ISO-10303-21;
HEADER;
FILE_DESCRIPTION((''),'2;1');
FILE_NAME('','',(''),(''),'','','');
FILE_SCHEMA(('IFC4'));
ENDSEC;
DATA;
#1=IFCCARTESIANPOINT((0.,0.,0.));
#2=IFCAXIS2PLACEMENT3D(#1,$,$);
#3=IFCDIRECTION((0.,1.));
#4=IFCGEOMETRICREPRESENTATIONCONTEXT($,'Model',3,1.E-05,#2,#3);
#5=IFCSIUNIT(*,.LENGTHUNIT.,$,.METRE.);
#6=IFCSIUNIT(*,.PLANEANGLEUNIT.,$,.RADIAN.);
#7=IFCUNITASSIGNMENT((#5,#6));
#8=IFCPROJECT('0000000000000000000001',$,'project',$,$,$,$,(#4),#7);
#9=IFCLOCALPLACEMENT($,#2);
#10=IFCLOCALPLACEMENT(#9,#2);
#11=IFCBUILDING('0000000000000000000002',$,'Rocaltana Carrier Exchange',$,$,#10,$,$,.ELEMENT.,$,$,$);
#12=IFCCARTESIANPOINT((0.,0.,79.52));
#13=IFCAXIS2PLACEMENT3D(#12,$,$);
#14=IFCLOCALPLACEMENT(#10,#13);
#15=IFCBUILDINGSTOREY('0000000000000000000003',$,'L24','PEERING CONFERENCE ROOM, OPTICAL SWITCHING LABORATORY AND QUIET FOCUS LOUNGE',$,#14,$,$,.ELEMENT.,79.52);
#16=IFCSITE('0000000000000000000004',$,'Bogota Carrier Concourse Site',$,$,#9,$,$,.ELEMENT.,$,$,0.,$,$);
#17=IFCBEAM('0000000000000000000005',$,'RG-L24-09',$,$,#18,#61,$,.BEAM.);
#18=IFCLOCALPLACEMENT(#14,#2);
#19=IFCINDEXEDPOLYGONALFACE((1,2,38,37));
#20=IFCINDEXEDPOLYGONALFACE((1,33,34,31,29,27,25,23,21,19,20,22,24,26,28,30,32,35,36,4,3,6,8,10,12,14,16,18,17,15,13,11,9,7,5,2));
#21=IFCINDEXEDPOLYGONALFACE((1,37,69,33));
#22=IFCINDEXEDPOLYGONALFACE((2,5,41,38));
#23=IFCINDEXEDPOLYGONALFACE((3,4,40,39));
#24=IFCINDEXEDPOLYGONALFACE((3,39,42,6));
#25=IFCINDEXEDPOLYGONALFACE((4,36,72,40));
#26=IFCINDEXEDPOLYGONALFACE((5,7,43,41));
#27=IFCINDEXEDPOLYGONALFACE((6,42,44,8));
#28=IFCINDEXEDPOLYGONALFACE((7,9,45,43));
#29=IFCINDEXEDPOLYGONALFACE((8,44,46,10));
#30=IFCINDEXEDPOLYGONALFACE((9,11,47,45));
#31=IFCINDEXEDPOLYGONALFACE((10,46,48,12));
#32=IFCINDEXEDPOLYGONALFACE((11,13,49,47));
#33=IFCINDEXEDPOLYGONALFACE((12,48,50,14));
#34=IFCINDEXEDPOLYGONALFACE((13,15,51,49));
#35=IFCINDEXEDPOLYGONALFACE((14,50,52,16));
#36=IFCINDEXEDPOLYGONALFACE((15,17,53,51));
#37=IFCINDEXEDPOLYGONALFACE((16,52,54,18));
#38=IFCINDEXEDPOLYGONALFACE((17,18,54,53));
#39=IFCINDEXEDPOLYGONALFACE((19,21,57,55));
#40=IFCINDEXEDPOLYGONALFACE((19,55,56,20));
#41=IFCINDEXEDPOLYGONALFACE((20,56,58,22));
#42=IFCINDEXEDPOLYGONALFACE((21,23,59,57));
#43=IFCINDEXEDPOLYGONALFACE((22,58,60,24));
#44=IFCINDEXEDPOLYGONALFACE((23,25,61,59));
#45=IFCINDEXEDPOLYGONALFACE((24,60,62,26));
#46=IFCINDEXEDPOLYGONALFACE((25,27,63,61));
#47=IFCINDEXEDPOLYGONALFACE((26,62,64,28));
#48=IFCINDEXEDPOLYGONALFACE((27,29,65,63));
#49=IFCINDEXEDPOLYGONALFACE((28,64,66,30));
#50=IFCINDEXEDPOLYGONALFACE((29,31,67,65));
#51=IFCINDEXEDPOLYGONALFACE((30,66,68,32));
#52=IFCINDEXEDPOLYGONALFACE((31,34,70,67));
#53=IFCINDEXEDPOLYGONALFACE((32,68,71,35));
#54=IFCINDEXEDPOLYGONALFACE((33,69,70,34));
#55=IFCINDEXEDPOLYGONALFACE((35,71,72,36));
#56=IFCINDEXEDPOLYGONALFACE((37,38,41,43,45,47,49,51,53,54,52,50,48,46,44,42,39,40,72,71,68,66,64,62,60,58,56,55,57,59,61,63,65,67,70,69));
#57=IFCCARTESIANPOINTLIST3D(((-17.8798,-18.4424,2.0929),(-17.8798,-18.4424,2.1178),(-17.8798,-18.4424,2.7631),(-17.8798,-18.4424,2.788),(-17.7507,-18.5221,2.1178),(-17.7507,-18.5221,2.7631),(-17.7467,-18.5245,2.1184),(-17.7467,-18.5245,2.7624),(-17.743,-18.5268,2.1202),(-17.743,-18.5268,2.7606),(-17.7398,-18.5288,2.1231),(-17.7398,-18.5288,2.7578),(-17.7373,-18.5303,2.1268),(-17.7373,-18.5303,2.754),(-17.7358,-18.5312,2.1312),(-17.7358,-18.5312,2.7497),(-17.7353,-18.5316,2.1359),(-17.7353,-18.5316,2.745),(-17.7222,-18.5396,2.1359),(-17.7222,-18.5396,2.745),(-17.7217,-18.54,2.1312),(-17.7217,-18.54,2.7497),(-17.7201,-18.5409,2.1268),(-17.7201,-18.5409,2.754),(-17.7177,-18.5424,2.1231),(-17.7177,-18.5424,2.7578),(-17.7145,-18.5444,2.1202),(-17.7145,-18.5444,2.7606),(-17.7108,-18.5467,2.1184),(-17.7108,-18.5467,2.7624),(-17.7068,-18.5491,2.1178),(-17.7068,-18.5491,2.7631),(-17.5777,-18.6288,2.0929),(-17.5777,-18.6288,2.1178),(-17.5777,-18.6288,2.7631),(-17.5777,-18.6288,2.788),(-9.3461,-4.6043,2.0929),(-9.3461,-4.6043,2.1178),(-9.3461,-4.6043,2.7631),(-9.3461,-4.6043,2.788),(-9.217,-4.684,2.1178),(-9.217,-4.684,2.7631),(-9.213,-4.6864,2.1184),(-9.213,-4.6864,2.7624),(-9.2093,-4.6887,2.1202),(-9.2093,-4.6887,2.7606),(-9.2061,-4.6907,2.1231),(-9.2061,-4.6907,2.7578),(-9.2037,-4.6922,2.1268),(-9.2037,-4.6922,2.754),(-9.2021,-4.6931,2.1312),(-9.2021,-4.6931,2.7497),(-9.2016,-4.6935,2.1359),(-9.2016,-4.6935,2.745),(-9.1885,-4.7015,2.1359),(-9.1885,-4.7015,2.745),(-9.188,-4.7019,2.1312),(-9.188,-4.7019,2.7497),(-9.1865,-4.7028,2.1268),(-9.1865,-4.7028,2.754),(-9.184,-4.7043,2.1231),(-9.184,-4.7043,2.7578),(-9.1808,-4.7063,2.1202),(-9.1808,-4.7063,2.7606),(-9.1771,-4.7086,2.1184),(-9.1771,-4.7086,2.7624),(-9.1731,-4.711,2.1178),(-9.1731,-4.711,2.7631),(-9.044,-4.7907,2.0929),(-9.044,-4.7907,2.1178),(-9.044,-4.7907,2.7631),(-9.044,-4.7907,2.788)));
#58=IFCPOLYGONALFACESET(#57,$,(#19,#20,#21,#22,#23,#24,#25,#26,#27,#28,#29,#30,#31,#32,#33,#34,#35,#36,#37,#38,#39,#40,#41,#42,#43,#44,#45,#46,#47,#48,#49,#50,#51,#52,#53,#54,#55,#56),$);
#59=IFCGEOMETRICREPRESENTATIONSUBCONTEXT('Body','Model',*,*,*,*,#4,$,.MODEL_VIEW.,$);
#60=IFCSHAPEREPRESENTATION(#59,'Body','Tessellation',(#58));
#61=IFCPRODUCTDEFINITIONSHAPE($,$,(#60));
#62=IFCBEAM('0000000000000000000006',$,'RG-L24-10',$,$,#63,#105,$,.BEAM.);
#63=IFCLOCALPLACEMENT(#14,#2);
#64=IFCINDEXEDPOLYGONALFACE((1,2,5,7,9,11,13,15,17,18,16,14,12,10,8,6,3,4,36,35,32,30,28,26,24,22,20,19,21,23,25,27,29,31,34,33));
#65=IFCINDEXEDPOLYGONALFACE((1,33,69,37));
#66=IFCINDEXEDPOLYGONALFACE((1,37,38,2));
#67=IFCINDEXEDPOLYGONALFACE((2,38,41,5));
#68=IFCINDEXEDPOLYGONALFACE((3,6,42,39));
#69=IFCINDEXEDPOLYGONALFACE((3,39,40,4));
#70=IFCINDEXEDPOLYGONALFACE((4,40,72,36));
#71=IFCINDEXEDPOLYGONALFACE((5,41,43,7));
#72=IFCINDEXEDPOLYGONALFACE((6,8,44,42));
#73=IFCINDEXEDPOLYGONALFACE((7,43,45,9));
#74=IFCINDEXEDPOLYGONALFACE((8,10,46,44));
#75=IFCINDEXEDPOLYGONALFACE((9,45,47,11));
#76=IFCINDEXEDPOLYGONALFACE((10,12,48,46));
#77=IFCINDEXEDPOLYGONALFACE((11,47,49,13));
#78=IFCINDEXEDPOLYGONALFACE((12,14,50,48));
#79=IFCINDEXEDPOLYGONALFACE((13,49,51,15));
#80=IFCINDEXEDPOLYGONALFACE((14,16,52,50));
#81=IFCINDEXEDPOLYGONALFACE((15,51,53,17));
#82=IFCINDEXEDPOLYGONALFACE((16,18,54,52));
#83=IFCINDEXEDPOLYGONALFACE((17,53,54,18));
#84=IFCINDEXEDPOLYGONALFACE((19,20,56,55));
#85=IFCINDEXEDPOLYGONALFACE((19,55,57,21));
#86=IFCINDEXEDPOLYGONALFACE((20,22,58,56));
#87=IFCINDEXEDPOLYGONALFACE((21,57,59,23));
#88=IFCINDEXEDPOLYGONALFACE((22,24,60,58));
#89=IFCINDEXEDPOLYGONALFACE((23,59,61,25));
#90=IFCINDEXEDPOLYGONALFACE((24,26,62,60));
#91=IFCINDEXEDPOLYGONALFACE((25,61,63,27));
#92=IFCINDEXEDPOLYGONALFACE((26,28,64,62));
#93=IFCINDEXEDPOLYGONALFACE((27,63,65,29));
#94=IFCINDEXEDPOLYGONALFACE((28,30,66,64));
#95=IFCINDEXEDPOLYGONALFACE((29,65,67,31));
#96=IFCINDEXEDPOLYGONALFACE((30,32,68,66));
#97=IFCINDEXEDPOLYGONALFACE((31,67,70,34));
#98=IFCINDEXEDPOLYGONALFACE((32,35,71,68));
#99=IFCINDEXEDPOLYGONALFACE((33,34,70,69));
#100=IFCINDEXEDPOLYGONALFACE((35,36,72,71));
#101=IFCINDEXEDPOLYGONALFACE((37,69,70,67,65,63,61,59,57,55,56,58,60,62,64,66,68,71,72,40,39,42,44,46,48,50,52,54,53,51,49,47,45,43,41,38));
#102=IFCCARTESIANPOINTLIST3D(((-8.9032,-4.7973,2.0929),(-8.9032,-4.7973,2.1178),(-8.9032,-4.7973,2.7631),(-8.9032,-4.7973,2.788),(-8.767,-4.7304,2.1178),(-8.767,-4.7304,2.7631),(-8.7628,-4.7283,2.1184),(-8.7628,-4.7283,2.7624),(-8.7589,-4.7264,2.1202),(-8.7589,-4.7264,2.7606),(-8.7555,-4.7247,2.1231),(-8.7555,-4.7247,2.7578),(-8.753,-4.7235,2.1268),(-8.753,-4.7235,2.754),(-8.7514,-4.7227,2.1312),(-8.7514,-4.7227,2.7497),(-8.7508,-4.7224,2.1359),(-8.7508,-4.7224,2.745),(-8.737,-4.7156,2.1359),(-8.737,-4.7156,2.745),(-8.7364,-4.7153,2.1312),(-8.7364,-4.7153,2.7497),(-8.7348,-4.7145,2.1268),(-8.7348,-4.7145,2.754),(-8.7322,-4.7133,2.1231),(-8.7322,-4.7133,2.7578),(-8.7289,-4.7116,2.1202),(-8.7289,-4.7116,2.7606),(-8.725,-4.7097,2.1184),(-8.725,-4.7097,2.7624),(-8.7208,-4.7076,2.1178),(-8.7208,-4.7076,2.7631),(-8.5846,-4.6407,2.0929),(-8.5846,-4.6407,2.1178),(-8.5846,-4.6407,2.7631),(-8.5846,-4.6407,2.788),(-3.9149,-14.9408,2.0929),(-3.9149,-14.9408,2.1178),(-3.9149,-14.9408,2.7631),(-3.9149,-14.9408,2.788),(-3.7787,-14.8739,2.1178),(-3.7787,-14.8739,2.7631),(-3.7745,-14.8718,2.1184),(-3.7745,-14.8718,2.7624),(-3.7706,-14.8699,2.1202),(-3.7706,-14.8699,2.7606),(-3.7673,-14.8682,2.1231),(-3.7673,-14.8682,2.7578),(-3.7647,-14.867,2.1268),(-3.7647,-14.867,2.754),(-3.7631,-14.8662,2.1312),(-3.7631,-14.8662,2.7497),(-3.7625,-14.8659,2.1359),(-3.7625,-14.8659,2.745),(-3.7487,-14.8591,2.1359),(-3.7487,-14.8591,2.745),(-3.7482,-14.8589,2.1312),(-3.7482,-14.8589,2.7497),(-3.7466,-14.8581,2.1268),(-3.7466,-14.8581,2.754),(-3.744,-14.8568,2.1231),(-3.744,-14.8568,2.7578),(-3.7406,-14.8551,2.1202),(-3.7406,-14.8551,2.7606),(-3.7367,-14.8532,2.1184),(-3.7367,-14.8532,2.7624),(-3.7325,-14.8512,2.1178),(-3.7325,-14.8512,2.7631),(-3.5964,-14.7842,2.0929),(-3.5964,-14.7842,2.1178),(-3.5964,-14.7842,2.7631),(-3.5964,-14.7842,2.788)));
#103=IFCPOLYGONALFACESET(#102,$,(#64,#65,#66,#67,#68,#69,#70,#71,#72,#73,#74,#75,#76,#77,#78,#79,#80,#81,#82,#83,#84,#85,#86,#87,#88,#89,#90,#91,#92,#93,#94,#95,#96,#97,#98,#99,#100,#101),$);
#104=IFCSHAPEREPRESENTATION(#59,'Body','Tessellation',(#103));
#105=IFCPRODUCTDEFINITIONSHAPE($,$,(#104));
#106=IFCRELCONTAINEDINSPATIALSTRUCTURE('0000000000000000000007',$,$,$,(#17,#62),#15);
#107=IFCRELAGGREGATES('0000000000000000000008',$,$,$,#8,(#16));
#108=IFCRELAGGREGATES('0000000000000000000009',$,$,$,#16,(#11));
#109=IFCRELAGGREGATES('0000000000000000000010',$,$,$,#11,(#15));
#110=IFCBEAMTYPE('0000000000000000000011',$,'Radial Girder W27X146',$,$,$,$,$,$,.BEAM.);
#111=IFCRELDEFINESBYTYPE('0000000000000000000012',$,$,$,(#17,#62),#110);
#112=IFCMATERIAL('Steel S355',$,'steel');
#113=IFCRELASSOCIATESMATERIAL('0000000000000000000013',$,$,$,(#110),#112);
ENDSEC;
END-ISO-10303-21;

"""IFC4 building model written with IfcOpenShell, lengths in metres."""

from ifc_helpers import new_model, si_unit, direction, frame, origin, origin_2d, place, context, subcontext, project, spatial, i_section, extrude, material, material_profile, profile_set, type_object, element, save


model = new_model("IFC4")

# Units and contexts
model_context = context("Model", 3, precision=1e-05, world=origin(), true_north=direction((0.0, 1.0)))
body_context = subcontext(model_context, "Body", "Model", "MODEL_VIEW")
ifc_project = project(units=[si_unit("LENGTHUNIT", "METRE"), si_unit("PLANEANGLEUNIT", "RADIAN")], contexts=[model_context])

# Site, building, storey
site_placement = place(None, origin())
site = spatial("IfcSite", under=ifc_project, at=site_placement, Name="Bogota Carrier Concourse Site", CompositionType="ELEMENT", RefElevation=0.0)
building_placement = place(site_placement, origin())
building = spatial("IfcBuilding", under=site, at=building_placement, Name="Rocaltana Carrier Exchange", CompositionType="ELEMENT")
storey_placement = place(building_placement, frame((0.0, 0.0, 79.52)))
storey = spatial("IfcBuildingStorey", under=building, at=storey_placement, Name="L24", Description="PEERING CONFERENCE ROOM, OPTICAL SWITCHING LABORATORY AND QUIET FOCUS LOUNGE", CompositionType="ELEMENT", Elevation=79.52)

# Beams
ifc_material_1 = material(Name="Steel S355", Category="steel")
ifc_material_profile_1 = material_profile(ifc_material_1, i_section(OverallWidth=0.355, OverallDepth=0.6951, WebThickness=0.0154, FlangeThickness=0.0249, FilletRadius=0.0181, at=origin_2d()), Name="W27X146")
ifc_profile_set_1 = profile_set([ifc_material_profile_1], Name="Steel S355")
beam_type = type_object("IfcBeamType", Name="Radial Girder W27X146", PredefinedType="BEAM", material=ifc_profile_set_1)
beam_1_placement = place(storey_placement, frame((-9.1951, -4.6975, 2.4404), z_axis=(-0.524896, -0.851166, 0.0), x_axis=(0.851166, -0.524896, 0.0)))
element("IfcBeam", 1, at=beam_1_placement, inside=storey, type_object=beam_type, Name="RG-L24-09", PredefinedType="BEAM", context=body_context, shape_type="SweptSolid", body=[
    extrude(i_section(OverallWidth=0.355, OverallDepth=0.6951, WebThickness=0.0154, FlangeThickness=0.0249, FilletRadius=0.0181, at=origin_2d()), origin(), (0.0, 0.0, 1.0), 16.2578),
])
beam_2_placement = place(storey_placement, frame((-8.7439, -4.719, 2.4404), z_axis=(0.441295, -0.897362, 0.0), x_axis=(0.897362, 0.441295, 0.0)))
element("IfcBeam", 2, at=beam_2_placement, inside=storey, type_object=beam_type, Name="RG-L24-10", PredefinedType="BEAM", context=body_context, shape_type="SweptSolid", body=[
    extrude(i_section(OverallWidth=0.355, OverallDepth=0.6951, WebThickness=0.0154, FlangeThickness=0.0249, FilletRadius=0.0181, at=origin_2d()), origin(), (0.0, 0.0, 1.0), 11.3037),
])

save(model, "model.ifc")
